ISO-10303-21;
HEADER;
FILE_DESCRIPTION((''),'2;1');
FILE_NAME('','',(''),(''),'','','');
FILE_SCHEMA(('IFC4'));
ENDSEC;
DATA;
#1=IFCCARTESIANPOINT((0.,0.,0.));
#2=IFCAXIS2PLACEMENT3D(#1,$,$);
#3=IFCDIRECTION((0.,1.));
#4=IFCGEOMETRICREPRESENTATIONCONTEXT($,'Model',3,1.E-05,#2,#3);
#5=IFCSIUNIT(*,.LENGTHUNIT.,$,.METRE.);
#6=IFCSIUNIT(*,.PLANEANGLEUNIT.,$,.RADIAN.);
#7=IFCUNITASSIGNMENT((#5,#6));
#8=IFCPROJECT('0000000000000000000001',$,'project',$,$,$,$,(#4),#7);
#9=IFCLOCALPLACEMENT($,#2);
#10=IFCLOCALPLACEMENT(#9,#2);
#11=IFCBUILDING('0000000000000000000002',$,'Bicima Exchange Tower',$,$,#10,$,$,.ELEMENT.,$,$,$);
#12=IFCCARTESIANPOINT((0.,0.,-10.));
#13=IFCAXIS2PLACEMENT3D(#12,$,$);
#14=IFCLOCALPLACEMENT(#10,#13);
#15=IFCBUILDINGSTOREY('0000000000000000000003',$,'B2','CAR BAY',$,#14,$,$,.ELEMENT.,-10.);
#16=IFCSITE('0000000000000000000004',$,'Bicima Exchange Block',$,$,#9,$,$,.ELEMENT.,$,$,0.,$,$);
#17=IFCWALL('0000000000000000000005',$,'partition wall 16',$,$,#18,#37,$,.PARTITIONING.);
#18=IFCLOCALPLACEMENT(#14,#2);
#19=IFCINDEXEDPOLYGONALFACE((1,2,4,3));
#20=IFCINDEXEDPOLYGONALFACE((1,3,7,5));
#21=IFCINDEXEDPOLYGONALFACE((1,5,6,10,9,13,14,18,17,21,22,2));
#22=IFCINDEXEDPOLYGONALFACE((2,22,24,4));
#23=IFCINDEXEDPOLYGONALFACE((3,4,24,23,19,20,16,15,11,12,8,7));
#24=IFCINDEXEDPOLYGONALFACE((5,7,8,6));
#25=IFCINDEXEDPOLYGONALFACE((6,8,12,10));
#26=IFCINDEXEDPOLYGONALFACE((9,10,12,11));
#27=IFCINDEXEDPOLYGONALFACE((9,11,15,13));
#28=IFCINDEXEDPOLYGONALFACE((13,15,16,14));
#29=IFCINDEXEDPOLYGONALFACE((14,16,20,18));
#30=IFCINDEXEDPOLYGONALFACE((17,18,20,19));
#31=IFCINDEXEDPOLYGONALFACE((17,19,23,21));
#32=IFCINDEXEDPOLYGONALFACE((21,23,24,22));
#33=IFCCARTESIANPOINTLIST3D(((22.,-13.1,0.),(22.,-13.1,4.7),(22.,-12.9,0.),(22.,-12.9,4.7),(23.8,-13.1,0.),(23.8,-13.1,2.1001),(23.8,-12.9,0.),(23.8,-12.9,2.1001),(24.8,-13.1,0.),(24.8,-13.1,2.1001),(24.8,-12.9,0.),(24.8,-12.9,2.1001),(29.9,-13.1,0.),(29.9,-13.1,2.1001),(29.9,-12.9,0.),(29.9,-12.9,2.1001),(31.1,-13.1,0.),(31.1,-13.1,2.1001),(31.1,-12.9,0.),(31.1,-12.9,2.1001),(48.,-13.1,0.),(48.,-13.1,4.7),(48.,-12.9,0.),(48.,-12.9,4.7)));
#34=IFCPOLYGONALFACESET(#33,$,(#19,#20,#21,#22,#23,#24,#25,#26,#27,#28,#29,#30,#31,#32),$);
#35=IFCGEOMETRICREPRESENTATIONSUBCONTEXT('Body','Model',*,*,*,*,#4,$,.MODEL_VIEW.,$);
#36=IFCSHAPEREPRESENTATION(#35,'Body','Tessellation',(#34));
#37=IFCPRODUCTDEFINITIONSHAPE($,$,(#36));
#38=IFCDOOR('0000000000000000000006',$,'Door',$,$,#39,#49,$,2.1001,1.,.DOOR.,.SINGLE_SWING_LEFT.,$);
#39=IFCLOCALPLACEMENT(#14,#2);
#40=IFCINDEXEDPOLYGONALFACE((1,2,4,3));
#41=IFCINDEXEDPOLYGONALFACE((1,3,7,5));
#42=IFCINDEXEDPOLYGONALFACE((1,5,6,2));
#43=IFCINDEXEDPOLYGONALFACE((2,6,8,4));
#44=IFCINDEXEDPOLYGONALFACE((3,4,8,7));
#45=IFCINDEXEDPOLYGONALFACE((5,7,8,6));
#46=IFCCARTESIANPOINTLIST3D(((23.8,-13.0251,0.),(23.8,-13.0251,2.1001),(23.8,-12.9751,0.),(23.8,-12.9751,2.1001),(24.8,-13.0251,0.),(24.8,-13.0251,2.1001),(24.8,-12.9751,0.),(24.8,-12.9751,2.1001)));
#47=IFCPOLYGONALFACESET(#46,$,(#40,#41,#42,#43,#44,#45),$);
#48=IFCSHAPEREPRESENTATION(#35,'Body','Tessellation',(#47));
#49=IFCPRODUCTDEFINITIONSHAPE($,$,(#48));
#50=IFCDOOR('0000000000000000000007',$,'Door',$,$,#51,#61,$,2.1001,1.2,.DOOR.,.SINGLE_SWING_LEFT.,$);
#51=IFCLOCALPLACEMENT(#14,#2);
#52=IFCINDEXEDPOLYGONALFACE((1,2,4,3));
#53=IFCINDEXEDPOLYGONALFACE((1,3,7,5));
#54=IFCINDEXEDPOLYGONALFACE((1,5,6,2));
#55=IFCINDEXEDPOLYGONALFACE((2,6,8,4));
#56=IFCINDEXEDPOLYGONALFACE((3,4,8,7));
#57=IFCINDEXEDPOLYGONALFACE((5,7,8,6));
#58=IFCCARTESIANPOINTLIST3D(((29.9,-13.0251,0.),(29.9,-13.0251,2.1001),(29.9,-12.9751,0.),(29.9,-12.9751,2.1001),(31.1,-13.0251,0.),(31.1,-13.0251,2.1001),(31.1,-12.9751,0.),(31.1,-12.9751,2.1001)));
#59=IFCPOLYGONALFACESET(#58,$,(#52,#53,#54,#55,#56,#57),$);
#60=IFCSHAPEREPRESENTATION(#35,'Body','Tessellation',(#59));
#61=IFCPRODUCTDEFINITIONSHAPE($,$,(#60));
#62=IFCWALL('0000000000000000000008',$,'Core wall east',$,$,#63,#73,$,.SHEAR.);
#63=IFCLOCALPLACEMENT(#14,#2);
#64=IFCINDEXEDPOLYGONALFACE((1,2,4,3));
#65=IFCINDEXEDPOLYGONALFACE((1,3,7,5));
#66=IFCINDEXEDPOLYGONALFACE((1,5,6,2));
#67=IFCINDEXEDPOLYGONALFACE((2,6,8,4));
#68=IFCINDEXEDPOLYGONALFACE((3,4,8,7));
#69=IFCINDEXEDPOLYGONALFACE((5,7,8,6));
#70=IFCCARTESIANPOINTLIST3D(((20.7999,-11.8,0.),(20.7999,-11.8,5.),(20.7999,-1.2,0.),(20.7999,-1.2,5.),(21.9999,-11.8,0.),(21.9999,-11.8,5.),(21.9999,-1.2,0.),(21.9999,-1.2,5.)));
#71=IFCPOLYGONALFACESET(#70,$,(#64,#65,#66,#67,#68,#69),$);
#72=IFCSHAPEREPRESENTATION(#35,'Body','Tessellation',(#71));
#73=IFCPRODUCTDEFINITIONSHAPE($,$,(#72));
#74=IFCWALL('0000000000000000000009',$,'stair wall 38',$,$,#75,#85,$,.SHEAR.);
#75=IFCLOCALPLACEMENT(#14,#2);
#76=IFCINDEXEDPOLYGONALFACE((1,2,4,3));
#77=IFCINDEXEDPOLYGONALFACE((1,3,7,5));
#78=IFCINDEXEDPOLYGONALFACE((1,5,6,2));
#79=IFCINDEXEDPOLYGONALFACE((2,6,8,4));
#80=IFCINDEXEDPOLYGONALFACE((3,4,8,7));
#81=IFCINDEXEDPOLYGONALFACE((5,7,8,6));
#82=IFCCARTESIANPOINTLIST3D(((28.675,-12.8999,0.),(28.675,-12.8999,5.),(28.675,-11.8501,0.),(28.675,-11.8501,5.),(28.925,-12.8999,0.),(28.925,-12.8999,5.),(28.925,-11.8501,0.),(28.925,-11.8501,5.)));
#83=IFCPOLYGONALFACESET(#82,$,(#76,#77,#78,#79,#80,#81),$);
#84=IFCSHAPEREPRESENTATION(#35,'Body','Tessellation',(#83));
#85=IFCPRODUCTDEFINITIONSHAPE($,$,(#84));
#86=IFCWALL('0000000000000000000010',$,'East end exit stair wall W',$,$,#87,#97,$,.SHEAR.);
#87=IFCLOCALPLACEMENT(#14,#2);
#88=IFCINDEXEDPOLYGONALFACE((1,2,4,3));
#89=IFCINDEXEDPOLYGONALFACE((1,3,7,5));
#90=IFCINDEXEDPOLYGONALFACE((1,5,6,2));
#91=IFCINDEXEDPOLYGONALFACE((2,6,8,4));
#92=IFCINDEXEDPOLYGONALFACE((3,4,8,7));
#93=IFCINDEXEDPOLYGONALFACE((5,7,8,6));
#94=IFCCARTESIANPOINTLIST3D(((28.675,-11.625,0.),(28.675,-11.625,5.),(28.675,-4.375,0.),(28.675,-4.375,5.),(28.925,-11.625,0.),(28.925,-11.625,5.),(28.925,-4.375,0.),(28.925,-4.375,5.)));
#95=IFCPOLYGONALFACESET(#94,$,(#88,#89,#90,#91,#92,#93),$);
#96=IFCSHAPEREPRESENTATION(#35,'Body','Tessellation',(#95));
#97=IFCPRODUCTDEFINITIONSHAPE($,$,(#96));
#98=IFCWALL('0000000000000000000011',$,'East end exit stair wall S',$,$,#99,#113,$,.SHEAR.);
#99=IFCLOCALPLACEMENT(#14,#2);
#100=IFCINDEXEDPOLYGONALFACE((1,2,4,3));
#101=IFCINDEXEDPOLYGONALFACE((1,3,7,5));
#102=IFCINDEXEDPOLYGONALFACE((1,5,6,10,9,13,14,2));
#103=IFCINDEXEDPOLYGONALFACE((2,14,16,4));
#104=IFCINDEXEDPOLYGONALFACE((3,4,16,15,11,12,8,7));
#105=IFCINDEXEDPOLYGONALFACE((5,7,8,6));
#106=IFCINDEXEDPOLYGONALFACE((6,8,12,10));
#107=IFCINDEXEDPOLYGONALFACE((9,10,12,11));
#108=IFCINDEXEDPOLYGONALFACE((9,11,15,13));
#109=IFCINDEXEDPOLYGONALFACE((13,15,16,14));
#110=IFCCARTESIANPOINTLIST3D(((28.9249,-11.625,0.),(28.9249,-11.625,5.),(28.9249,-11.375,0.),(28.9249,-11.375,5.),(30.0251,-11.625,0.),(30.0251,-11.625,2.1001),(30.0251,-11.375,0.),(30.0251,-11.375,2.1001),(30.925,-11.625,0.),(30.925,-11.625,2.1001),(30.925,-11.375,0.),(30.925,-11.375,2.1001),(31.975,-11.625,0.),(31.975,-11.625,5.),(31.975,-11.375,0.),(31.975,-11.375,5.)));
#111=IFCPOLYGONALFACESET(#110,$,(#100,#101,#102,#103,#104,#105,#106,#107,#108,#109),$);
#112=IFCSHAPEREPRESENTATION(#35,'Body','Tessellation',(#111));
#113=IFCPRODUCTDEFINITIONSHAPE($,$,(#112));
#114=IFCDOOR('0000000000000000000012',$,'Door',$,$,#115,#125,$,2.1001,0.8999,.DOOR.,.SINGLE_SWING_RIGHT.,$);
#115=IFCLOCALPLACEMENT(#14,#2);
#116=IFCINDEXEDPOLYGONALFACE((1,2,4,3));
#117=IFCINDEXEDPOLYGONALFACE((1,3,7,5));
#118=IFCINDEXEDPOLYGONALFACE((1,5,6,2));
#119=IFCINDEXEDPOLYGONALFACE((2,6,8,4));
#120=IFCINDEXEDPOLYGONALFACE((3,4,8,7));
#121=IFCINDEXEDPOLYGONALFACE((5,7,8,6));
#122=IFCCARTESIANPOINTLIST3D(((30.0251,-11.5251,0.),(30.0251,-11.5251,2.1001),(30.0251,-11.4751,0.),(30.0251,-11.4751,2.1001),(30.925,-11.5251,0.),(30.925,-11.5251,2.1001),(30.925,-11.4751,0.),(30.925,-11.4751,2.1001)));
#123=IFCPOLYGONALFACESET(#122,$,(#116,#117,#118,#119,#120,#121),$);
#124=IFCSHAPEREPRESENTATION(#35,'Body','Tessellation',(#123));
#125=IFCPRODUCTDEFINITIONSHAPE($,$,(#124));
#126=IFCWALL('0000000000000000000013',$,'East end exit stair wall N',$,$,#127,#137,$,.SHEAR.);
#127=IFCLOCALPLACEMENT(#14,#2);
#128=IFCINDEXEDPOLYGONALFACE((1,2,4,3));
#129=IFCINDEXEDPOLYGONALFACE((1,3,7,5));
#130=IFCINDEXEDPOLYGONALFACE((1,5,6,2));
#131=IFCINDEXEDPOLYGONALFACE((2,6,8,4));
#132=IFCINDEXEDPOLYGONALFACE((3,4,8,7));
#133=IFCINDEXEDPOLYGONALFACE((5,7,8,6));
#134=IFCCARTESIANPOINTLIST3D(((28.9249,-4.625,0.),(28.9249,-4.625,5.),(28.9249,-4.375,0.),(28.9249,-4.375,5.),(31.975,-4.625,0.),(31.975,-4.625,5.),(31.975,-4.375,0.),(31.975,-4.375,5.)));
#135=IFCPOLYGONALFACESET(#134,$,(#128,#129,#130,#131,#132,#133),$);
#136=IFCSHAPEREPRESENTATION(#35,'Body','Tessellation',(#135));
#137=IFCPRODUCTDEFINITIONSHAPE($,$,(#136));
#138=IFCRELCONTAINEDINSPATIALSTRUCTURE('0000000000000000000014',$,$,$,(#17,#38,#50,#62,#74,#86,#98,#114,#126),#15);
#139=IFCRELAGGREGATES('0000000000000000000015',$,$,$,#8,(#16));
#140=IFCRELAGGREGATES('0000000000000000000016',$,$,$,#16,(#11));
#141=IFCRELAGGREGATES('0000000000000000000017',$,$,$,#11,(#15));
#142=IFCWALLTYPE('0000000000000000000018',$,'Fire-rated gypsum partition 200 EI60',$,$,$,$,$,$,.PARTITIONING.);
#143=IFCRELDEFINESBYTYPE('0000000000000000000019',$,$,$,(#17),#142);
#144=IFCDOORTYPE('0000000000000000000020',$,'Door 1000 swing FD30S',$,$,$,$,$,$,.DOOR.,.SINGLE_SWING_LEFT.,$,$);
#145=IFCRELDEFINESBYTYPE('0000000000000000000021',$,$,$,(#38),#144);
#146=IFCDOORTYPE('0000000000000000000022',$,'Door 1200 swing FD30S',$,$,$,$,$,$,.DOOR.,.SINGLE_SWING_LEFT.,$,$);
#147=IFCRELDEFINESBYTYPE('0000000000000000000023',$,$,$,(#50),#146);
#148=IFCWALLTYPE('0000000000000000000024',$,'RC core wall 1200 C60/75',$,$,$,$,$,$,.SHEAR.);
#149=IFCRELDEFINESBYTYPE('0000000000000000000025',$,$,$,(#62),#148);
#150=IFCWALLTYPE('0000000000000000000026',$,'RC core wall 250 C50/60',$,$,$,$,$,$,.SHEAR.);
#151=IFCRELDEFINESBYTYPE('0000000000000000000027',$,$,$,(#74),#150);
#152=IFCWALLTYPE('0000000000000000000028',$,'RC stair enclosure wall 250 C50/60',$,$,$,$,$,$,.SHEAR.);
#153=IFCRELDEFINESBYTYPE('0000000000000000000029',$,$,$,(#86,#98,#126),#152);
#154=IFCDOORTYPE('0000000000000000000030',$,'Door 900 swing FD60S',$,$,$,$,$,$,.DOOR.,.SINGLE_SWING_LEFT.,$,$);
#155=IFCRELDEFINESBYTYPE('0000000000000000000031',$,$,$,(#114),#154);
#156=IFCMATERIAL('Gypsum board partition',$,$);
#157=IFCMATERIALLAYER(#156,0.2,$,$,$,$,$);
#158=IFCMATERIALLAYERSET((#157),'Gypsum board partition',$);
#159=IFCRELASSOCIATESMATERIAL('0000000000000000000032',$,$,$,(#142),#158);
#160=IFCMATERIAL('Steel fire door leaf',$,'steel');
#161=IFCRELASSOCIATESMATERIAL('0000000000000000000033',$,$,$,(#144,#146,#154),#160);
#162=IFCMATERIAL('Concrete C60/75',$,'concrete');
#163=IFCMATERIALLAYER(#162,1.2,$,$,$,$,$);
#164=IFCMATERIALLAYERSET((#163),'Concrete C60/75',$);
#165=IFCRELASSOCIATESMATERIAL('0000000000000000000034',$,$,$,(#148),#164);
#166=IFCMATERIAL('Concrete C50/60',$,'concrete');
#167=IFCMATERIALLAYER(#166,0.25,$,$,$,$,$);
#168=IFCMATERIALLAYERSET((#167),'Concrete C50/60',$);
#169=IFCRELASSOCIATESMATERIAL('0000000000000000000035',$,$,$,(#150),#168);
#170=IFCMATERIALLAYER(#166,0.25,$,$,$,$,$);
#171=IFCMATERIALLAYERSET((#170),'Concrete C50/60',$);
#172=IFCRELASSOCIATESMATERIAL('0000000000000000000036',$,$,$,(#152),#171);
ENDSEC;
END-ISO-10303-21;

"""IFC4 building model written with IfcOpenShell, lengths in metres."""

from ifc_helpers import new_model, si_unit, direction, frame, frame_2d, origin, place, context, subcontext, project, spatial, rectangle, extrude, material, layer, layer_set, type_object, element, fill, save


model = new_model("IFC4")

# Units and contexts
model_context = context("Model", 3, precision=1e-05, world=origin(), true_north=direction((0.0, 1.0)))
body_context = subcontext(model_context, "Body", "Model", "MODEL_VIEW")
ifc_project = project(units=[si_unit("LENGTHUNIT", "METRE"), si_unit("PLANEANGLEUNIT", "RADIAN")], contexts=[model_context])

# Site, building, storey
site_placement = place(None, origin())
site = spatial("IfcSite", under=ifc_project, at=site_placement, Name="Bicima Exchange Block", CompositionType="ELEMENT", RefElevation=0.0)
building_placement = place(site_placement, origin())
building = spatial("IfcBuilding", under=site, at=building_placement, Name="Bicima Exchange Tower", CompositionType="ELEMENT")
storey_placement = place(building_placement, frame((0.0, 0.0, -10.0)))
storey = spatial("IfcBuildingStorey", under=building, at=storey_placement, Name="B2", Description="CAR BAY", CompositionType="ELEMENT", Elevation=-10.0)

# Shared definitions
ifc_material_1 = material(Name="Concrete C60/75", Category="concrete")

# Wall, openings, doors
ifc_material_2 = material(Name="Gypsum board partition")
ifc_layer_1 = layer(ifc_material_2, 0.2)
ifc_layer_set_1 = layer_set([ifc_layer_1], Name="Gypsum board partition")
wall_type_1 = type_object("IfcWallType", Name="Fire-rated gypsum partition 200 EI60", PredefinedType="PARTITIONING", material=ifc_layer_set_1)
ifc_material_3 = material(Name="Steel fire door leaf", Category="steel")
door_type_1 = type_object("IfcDoorType", Name="Door 1000 swing FD30S", OperationType="SINGLE_SWING_LEFT", PredefinedType="DOOR", material=ifc_material_3)
wall_1_placement = place(storey_placement, frame((22.0, -13.0, 0.0), z_axis=(0.0, 0.0, 1.0), x_axis=(1.0, 0.0, 0.0)))
wall_1 = element("IfcWall", 1, at=wall_1_placement, inside=storey, type_object=wall_type_1, Name="partition wall 16", PredefinedType="PARTITIONING", context=body_context, shape_type="SweptSolid", body=[
    extrude(rectangle(XDim=26.0, YDim=0.2, at=frame_2d((13.0, 0.0))), origin(), (0.0, 0.0, 1.0), 4.7),
])
opening_1_placement = place(wall_1_placement, frame((7.8999, 0.0, 0.0)))
opening_1 = element("IfcOpeningElement", 2, at=opening_1_placement, cuts=wall_1, PredefinedType="OPENING", context=body_context, shape_type="SweptSolid", body=[
    extrude(rectangle(XDim=1.2, YDim=2.1001, at=frame_2d((0.6001, 1.05))), frame((0.0, 0.1118, 0.0), z_axis=(0.0, -1.0, 0.0), x_axis=(1.0, 0.0, 0.0)), (0.0, 0.0, 1.0), 0.2239),
])
opening_2_placement = place(wall_1_placement, frame((1.8, 0.0, 0.0)))
opening_2 = element("IfcOpeningElement", 3, at=opening_2_placement, cuts=wall_1, PredefinedType="OPENING", context=body_context, shape_type="SweptSolid", body=[
    extrude(rectangle(XDim=1.0, YDim=2.1001, at=frame_2d((0.5, 1.05))), frame((0.0, 0.1118, 0.0), z_axis=(0.0, -1.0, 0.0), x_axis=(1.0, 0.0, 0.0)), (0.0, 0.0, 1.0), 0.2239),
])
door_1_placement = place(opening_2_placement, origin())
door_1 = element("IfcDoor", 4, at=door_1_placement, inside=storey, type_object=door_type_1, Name="Door", OperationType="SINGLE_SWING_LEFT", OverallHeight=2.1001, OverallWidth=1.0, PredefinedType="DOOR", context=body_context, shape_type="SweptSolid", body=[
    extrude(rectangle(XDim=1.0, YDim=2.1001, at=frame_2d((0.5, 1.05))), frame((0.0, 0.0249, 0.0), z_axis=(0.0, -1.0, 0.0), x_axis=(1.0, 0.0, 0.0)), (0.0, 0.0, 1.0), 0.05),
])
fill(opening_2, door_1)
door_type_2 = type_object("IfcDoorType", Name="Door 1200 swing FD30S", OperationType="SINGLE_SWING_LEFT", PredefinedType="DOOR", material=ifc_material_3)
door_2_placement = place(opening_1_placement, origin())
door_2 = element("IfcDoor", 5, at=door_2_placement, inside=storey, type_object=door_type_2, Name="Door", OperationType="SINGLE_SWING_LEFT", OverallHeight=2.1001, OverallWidth=1.2, PredefinedType="DOOR", context=body_context, shape_type="SweptSolid", body=[
    extrude(rectangle(XDim=1.2, YDim=2.1001, at=frame_2d((0.6001, 1.05))), frame((0.0, 0.0249, 0.0), z_axis=(0.0, -1.0, 0.0), x_axis=(1.0, 0.0, 0.0)), (0.0, 0.0, 1.0), 0.05),
])
fill(opening_1, door_2)

# Walls
ifc_layer_2 = layer(ifc_material_1, 1.2)
ifc_layer_set_2 = layer_set([ifc_layer_2], Name="Concrete C60/75")
wall_type_2 = type_object("IfcWallType", Name="RC core wall 1200 C60/75", PredefinedType="SHEAR", material=ifc_layer_set_2)
wall_2_placement = place(storey_placement, frame((21.3999, -11.8, 0.0), z_axis=(0.0, 0.0, 1.0), x_axis=(0.0, 1.0, 0.0)))
element("IfcWall", 6, at=wall_2_placement, inside=storey, type_object=wall_type_2, Name="Core wall east", PredefinedType="SHEAR", context=body_context, shape_type="SweptSolid", body=[
    extrude(rectangle(XDim=10.6001, YDim=1.2, at=frame_2d((5.3, 0.0))), origin(), (0.0, 0.0, 1.0), 5.0),
])
ifc_material_4 = material(Name="Concrete C50/60", Category="concrete")
ifc_layer_3 = layer(ifc_material_4, 0.25)
ifc_layer_set_3 = layer_set([ifc_layer_3], Name="Concrete C50/60")
wall_type_3 = type_object("IfcWallType", Name="RC core wall 250 C50/60", PredefinedType="SHEAR", material=ifc_layer_set_3)
wall_3_placement = place(storey_placement, frame((28.8, -12.8999, 0.0), z_axis=(0.0, 0.0, 1.0), x_axis=(0.0, 1.0, 0.0)))
element("IfcWall", 7, at=wall_3_placement, inside=storey, type_object=wall_type_3, Name="stair wall 38", PredefinedType="SHEAR", context=body_context, shape_type="SweptSolid", body=[
    extrude(rectangle(XDim=1.0498, YDim=0.25, at=frame_2d((0.5249, 0.0))), origin(), (0.0, 0.0, 1.0), 5.0),
])
ifc_layer_4 = layer(ifc_material_4, 0.25)
ifc_layer_set_4 = layer_set([ifc_layer_4], Name="Concrete C50/60")
wall_type_4 = type_object("IfcWallType", Name="RC stair enclosure wall 250 C50/60", PredefinedType="SHEAR", material=ifc_layer_set_4)
wall_4_placement = place(storey_placement, frame((28.8, -11.625, 0.0), z_axis=(0.0, 0.0, 1.0), x_axis=(0.0, 1.0, 0.0)))
element("IfcWall", 8, at=wall_4_placement, inside=storey, type_object=wall_type_4, Name="East end exit stair wall W", PredefinedType="SHEAR", context=body_context, shape_type="SweptSolid", body=[
    extrude(rectangle(XDim=7.25, YDim=0.25, at=frame_2d((3.625, 0.0))), origin(), (0.0, 0.0, 1.0), 5.0),
])

# Wall, opening, door
wall_5_placement = place(storey_placement, frame((28.925, -11.5, 0.0), z_axis=(0.0, 0.0, 1.0), x_axis=(1.0, 0.0, 0.0)))
wall_5 = element("IfcWall", 9, at=wall_5_placement, inside=storey, type_object=wall_type_4, Name="East end exit stair wall S", PredefinedType="SHEAR", context=body_context, shape_type="SweptSolid", body=[
    extrude(rectangle(XDim=3.05, YDim=0.25, at=frame_2d((1.5249, 0.0))), origin(), (0.0, 0.0, 1.0), 5.0),
])
opening_3_placement = place(wall_5_placement, frame((1.1001, 0.0, 0.0)))
opening_3 = element("IfcOpeningElement", 10, at=opening_3_placement, cuts=wall_5, PredefinedType="OPENING", context=body_context, shape_type="SweptSolid", body=[
    extrude(rectangle(XDim=0.8999, YDim=2.1001, at=frame_2d((0.45, 1.05))), frame((0.0, 0.137, 0.0), z_axis=(0.0, -1.0, 0.0), x_axis=(1.0, 0.0, 0.0)), (0.0, 0.0, 1.0), 0.2739),
])
door_type_3 = type_object("IfcDoorType", Name="Door 900 swing FD60S", OperationType="SINGLE_SWING_LEFT", PredefinedType="DOOR", material=ifc_material_3)
door_3_placement = place(opening_3_placement, origin())
door_3 = element("IfcDoor", 11, at=door_3_placement, inside=storey, type_object=door_type_3, Name="Door", OperationType="SINGLE_SWING_RIGHT", OverallHeight=2.1001, OverallWidth=0.8999, PredefinedType="DOOR", context=body_context, shape_type="SweptSolid", body=[
    extrude(rectangle(XDim=0.8999, YDim=2.1001, at=frame_2d((0.45, 1.05))), frame((0.0, 0.0249, 0.0), z_axis=(0.0, -1.0, 0.0), x_axis=(1.0, 0.0, 0.0)), (0.0, 0.0, 1.0), 0.05),
])
fill(opening_3, door_3)

# Wall
wall_6_placement = place(storey_placement, frame((28.925, -4.5, 0.0), z_axis=(0.0, 0.0, 1.0), x_axis=(1.0, 0.0, 0.0)))
element("IfcWall", 12, at=wall_6_placement, inside=storey, type_object=wall_type_4, Name="East end exit stair wall N", PredefinedType="SHEAR", context=body_context, shape_type="SweptSolid", body=[
    extrude(rectangle(XDim=3.05, YDim=0.25, at=frame_2d((1.5249, 0.0))), origin(), (0.0, 0.0, 1.0), 5.0),
])

save(model, "model.ifc")
